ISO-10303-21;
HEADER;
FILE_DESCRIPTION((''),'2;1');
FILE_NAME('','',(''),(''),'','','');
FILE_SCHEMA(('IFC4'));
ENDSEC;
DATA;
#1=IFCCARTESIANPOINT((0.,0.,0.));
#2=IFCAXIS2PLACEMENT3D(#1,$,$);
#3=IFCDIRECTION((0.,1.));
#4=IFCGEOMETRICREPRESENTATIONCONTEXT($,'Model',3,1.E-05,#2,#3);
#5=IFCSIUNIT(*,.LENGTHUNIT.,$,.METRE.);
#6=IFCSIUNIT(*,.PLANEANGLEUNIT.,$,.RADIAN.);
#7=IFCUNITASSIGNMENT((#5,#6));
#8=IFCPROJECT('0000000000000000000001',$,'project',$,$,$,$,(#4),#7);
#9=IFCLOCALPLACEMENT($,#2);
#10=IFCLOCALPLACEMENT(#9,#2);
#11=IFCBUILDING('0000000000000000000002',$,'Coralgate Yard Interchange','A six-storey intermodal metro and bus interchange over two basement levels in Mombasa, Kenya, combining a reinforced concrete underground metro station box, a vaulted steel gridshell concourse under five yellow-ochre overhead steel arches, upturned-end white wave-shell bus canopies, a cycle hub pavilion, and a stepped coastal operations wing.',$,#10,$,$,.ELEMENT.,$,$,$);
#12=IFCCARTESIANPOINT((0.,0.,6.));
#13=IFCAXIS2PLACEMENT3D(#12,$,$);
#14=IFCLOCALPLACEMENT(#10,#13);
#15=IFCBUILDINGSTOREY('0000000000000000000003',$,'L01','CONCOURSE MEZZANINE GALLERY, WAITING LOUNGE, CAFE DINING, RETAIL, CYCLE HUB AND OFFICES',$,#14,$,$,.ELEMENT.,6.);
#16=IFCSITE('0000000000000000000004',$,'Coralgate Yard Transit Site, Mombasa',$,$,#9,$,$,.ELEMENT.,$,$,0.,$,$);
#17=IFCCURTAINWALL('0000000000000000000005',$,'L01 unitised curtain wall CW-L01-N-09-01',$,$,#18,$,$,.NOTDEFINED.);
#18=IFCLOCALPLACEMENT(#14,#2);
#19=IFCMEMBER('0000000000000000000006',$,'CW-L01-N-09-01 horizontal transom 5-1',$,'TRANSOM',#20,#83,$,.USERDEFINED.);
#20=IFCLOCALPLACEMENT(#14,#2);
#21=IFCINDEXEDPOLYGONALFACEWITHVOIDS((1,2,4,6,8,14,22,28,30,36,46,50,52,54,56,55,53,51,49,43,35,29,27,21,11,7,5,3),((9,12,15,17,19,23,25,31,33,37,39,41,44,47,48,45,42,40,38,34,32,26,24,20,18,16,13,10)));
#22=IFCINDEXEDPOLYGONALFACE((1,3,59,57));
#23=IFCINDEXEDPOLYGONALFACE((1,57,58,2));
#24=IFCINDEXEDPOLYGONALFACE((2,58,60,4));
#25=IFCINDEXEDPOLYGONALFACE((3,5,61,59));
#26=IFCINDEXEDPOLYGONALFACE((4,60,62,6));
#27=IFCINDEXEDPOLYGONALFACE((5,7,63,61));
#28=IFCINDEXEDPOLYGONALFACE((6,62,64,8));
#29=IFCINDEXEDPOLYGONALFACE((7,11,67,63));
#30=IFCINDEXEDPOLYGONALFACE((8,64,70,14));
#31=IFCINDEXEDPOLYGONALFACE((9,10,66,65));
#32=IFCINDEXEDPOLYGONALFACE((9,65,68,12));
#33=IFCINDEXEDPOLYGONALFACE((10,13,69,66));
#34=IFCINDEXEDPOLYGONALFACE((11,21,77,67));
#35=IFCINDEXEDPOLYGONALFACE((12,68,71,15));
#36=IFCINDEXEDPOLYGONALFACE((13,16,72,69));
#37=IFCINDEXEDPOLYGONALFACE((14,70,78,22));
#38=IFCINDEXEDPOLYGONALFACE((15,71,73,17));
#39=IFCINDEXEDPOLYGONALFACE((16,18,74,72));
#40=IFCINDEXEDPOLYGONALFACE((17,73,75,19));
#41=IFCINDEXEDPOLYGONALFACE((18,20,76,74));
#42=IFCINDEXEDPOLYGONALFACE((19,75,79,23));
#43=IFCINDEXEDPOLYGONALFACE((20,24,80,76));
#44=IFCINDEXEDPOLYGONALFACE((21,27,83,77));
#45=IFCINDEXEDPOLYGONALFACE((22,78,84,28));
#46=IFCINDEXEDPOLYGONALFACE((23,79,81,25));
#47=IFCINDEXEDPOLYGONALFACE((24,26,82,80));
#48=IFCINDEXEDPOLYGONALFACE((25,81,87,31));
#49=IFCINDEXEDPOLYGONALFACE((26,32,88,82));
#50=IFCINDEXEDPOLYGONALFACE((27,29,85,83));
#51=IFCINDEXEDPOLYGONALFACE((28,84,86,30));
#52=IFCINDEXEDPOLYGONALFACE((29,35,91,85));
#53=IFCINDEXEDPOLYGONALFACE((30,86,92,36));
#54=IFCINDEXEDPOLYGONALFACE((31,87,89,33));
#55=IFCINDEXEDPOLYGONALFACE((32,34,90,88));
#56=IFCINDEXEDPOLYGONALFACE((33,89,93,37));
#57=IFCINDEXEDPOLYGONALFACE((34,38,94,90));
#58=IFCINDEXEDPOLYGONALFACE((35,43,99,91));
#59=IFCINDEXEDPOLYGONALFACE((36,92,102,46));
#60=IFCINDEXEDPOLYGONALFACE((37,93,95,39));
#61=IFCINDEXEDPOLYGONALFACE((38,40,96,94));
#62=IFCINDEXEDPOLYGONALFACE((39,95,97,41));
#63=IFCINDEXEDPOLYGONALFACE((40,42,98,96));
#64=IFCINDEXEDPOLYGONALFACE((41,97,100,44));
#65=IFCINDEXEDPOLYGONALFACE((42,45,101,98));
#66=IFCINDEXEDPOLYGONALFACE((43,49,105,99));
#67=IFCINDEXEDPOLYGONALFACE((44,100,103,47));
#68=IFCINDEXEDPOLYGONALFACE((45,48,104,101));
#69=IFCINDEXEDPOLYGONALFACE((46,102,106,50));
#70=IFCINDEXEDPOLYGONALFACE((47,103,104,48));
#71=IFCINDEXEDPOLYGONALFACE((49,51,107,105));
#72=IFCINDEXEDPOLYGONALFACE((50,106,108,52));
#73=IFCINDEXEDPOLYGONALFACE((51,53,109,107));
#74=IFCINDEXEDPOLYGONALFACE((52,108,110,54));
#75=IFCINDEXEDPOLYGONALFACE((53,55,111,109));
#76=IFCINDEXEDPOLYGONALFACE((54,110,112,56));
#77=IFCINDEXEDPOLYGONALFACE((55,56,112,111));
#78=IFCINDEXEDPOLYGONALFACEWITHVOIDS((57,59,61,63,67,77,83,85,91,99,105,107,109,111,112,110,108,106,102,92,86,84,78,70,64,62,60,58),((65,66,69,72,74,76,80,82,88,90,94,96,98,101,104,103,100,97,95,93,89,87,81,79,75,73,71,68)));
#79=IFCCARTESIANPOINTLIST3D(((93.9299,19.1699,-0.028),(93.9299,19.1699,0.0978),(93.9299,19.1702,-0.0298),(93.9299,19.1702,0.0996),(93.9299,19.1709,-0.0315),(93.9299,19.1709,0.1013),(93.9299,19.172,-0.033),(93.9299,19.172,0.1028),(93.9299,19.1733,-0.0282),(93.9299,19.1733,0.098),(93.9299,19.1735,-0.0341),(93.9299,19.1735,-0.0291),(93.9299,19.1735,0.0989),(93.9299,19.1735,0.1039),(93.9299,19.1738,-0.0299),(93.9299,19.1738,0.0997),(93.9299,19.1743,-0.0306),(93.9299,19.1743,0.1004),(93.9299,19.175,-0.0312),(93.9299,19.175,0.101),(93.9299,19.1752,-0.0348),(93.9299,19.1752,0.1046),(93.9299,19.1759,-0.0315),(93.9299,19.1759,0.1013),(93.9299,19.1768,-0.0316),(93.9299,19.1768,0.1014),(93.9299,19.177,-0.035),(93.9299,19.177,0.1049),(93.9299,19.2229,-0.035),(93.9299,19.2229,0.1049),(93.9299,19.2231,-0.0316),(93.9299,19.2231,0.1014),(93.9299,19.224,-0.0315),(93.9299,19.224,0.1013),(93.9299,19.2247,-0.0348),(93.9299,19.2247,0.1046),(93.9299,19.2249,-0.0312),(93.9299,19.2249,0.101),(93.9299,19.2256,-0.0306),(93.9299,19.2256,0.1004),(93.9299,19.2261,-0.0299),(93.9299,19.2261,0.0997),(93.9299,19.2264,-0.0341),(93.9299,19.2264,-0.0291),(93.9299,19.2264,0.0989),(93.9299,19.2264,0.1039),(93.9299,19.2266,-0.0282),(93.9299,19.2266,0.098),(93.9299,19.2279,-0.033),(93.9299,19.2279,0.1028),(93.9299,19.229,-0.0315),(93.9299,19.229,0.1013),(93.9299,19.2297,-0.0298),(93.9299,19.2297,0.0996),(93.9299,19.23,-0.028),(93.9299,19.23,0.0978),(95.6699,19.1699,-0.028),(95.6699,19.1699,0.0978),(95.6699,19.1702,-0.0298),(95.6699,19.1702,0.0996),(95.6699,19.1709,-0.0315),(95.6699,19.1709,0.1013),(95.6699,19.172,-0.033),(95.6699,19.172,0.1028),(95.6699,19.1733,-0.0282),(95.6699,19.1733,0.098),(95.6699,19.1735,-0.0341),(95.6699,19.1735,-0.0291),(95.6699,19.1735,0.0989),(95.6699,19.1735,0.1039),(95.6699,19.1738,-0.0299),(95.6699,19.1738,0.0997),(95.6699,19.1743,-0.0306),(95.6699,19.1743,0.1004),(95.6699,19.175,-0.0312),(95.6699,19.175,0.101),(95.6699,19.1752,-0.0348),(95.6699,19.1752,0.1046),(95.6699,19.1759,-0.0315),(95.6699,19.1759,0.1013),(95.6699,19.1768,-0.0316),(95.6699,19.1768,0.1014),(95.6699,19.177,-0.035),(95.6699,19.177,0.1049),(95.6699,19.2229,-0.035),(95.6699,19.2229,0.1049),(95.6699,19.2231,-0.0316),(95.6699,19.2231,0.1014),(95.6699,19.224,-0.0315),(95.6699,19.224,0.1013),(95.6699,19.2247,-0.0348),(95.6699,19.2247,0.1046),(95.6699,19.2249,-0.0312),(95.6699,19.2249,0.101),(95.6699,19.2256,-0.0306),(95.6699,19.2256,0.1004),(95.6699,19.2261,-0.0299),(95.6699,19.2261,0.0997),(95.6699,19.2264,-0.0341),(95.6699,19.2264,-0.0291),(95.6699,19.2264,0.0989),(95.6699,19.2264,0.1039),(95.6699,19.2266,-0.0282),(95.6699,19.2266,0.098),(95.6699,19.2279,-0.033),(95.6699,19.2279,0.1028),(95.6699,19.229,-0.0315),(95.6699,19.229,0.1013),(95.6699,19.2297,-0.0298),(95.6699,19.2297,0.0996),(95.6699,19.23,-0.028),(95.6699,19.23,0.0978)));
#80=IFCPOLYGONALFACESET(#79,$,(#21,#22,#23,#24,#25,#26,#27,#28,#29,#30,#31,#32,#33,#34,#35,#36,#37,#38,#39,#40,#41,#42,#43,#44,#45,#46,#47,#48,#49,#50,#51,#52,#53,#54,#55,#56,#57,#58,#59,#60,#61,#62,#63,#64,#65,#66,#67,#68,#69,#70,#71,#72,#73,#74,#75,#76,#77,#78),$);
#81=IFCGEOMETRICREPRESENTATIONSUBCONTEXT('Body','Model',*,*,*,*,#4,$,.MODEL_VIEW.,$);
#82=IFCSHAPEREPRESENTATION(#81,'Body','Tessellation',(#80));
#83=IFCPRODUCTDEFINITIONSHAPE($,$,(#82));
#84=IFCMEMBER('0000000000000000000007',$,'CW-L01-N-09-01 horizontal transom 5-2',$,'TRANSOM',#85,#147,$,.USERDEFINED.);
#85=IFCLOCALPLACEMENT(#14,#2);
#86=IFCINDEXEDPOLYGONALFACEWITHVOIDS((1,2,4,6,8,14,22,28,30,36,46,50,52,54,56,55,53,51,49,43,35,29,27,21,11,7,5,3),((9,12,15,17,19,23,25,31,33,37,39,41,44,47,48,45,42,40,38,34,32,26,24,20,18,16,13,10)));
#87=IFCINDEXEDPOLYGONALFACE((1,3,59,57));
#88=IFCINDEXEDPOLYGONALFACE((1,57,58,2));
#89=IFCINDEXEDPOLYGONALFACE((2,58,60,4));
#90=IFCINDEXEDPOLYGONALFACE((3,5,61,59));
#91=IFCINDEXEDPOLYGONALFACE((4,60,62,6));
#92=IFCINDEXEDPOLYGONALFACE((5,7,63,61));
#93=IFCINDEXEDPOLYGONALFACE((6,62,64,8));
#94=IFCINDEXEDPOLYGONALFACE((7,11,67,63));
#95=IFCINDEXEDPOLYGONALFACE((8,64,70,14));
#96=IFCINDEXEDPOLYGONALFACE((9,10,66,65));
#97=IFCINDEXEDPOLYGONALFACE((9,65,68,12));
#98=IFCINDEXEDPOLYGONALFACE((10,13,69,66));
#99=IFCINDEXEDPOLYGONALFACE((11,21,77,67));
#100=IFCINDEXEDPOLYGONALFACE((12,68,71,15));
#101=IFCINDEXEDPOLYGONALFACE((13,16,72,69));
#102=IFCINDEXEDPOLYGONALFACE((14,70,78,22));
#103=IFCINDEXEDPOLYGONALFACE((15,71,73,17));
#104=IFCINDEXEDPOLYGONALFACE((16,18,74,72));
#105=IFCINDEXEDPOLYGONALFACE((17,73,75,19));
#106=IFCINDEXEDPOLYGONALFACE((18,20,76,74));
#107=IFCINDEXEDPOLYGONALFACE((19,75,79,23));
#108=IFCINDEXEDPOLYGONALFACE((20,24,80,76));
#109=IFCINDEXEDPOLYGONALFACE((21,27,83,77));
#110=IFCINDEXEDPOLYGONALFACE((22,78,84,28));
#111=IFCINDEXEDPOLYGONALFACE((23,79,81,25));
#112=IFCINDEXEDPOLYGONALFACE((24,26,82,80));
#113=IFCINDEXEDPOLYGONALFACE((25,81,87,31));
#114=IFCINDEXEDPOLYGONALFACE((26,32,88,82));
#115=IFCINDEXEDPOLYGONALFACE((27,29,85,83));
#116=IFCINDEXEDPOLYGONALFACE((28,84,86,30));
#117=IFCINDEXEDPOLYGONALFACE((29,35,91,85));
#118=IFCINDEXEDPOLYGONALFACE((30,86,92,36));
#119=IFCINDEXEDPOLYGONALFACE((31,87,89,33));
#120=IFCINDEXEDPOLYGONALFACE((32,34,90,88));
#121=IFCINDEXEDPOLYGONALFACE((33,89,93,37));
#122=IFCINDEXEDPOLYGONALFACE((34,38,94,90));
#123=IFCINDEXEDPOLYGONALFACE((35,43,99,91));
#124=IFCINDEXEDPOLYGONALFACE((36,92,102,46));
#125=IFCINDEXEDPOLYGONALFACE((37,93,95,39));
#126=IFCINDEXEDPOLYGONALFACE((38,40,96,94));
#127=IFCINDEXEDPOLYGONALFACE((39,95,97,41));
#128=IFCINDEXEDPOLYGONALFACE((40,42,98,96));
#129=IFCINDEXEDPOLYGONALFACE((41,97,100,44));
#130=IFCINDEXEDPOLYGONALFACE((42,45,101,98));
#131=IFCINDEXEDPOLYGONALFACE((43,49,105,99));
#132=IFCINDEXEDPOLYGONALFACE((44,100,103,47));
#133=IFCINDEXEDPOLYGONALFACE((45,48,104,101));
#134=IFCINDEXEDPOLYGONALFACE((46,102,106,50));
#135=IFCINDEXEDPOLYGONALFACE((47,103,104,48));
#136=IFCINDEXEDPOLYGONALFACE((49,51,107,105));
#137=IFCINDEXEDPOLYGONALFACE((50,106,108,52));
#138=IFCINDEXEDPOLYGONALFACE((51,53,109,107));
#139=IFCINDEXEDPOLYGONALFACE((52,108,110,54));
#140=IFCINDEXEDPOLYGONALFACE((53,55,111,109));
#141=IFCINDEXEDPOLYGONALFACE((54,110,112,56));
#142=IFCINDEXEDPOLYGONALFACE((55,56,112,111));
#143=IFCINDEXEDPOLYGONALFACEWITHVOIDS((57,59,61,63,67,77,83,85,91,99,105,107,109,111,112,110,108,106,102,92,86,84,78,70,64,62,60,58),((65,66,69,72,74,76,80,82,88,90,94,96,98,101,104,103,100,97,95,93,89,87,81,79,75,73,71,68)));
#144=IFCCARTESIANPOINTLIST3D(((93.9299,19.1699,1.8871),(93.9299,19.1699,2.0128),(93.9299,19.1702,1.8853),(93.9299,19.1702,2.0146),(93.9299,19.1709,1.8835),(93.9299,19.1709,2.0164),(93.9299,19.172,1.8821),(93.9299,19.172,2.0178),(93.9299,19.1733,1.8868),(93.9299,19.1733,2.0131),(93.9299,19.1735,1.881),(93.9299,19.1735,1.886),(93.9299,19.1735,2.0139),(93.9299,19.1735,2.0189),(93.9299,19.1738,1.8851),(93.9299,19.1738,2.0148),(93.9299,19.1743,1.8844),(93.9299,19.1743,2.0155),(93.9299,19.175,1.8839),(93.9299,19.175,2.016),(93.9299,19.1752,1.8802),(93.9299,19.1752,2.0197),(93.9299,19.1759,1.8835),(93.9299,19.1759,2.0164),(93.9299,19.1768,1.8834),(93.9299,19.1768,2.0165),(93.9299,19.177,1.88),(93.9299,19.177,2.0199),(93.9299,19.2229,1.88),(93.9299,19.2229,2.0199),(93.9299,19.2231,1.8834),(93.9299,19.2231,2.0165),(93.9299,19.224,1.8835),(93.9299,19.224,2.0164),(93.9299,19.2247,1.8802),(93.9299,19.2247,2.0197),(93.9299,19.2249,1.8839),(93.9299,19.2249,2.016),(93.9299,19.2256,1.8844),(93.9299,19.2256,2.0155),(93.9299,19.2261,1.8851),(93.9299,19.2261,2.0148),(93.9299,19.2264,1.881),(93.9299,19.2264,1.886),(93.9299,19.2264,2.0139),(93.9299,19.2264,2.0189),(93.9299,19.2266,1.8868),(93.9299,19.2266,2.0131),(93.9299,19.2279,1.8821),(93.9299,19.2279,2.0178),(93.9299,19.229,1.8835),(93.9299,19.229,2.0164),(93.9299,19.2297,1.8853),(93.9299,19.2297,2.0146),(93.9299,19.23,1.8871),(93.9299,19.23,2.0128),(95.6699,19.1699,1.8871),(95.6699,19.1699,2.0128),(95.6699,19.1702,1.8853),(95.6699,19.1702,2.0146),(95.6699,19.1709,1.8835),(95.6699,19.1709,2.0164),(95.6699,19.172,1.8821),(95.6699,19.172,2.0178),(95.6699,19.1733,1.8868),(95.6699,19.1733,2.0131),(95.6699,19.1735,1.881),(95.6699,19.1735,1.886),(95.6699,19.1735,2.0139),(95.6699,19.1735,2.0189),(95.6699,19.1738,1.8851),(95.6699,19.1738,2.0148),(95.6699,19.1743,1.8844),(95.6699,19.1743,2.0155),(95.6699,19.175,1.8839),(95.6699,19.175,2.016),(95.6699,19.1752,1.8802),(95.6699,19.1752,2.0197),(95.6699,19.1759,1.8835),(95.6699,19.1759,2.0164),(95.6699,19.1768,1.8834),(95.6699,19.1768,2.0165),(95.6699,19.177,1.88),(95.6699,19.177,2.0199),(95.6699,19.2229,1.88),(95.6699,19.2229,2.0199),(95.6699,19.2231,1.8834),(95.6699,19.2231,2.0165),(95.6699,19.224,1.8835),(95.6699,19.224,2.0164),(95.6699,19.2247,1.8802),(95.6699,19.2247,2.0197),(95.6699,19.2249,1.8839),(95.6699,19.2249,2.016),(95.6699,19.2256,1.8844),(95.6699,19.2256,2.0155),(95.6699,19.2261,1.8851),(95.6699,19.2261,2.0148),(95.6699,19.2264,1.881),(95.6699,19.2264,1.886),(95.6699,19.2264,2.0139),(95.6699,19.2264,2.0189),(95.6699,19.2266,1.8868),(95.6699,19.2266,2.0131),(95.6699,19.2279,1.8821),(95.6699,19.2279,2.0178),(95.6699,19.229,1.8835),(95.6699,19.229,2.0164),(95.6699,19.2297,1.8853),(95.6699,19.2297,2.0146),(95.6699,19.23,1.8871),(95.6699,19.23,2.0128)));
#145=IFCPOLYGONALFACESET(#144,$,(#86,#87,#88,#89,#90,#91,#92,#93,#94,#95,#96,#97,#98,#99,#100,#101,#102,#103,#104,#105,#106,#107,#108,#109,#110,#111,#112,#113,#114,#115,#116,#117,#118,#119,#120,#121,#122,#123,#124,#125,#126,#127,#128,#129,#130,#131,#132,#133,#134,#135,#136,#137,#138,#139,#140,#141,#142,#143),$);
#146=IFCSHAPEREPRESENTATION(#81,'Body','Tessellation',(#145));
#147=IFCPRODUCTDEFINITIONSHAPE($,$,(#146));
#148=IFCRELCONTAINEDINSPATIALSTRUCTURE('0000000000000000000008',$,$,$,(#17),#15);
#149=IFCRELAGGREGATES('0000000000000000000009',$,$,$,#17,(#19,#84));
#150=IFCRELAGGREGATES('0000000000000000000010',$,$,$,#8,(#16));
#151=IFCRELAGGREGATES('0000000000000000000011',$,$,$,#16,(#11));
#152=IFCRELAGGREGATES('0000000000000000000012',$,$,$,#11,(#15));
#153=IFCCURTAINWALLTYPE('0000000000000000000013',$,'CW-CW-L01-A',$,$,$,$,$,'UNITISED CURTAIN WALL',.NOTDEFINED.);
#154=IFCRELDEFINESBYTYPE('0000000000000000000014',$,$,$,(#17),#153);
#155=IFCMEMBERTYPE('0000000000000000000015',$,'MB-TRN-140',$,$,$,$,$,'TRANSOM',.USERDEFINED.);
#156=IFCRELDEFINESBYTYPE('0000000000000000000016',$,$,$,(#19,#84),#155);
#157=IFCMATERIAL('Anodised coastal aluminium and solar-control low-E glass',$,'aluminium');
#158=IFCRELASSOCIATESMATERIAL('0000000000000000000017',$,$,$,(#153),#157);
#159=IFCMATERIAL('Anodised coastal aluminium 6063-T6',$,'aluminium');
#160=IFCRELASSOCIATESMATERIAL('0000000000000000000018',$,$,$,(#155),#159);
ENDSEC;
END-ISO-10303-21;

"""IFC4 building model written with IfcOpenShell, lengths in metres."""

from ifc_helpers import new_model, si_unit, direction, frame, origin, origin_2d, place, context, subcontext, project, spatial, hollow_rectangle, extrude, material, material_profile, profile_set, type_object, element, aggregate, save


model = new_model("IFC4")

# Units and contexts
model_context = context("Model", 3, precision=1e-05, world=origin(), true_north=direction((0.0, 1.0)))
body_context = subcontext(model_context, "Body", "Model", "MODEL_VIEW")
ifc_project = project(units=[si_unit("LENGTHUNIT", "METRE"), si_unit("PLANEANGLEUNIT", "RADIAN")], contexts=[model_context])

# Site, building, storey
site_placement = place(None, origin())
site = spatial("IfcSite", under=ifc_project, at=site_placement, Name="Coralgate Yard Transit Site, Mombasa", CompositionType="ELEMENT", RefElevation=0.0)
building_placement = place(site_placement, origin())
building = spatial("IfcBuilding", under=site, at=building_placement, Name="Coralgate Yard Interchange", Description="A six-storey intermodal metro and bus interchange over two basement levels in Mombasa, Kenya, combining a reinforced concrete underground metro station box, a vaulted steel gridshell concourse under five yellow-ochre overhead steel arches, upturned-end white wave-shell bus canopies, a cycle hub pavilion, and a stepped coastal operations wing.", CompositionType="ELEMENT")
storey_placement = place(building_placement, frame((0.0, 0.0, 6.0)))
storey = spatial("IfcBuildingStorey", under=building, at=storey_placement, Name="L01", Description="CONCOURSE MEZZANINE GALLERY, WAITING LOUNGE, CAFE DINING, RETAIL, CYCLE HUB AND OFFICES", CompositionType="ELEMENT", Elevation=6.0)

# Curtain wall, members
ifc_material_1 = material(Name="Anodised coastal aluminium and solar-control low-E glass", Category="aluminium")
curtain_wall_type = type_object("IfcCurtainWallType", Name="CW-CW-L01-A", ElementType="UNITISED CURTAIN WALL", PredefinedType="NOTDEFINED", material=ifc_material_1)
curtain_wall_placement = place(storey_placement, origin())
curtain_wall = element("IfcCurtainWall", 1, at=curtain_wall_placement, inside=storey, type_object=curtain_wall_type, Name="L01 unitised curtain wall CW-L01-N-09-01", PredefinedType="NOTDEFINED")
ifc_material_2 = material(Name="Anodised coastal aluminium 6063-T6", Category="aluminium")
ifc_material_profile_1 = material_profile(ifc_material_2, hollow_rectangle(XDim=0.0601, YDim=0.1399, WallThickness=0.0034, InnerFilletRadius=0.0034, OuterFilletRadius=0.0071, at=origin_2d()), Name="ALU 60x140x3.5")
ifc_profile_set_1 = profile_set([ifc_material_profile_1], Name="Anodised coastal aluminium 6063-T6")
member_type_1 = type_object("IfcMemberType", Name="MB-TRN-140", ElementType="TRANSOM", PredefinedType="USERDEFINED", material=ifc_profile_set_1)
member_1_placement = place(storey_placement, frame((93.9299, 19.2, 0.0349), z_axis=(1.0, 0.0, 0.0), x_axis=(0.0, 1.0, 0.0)))
member_1 = element("IfcMember", 2, at=member_1_placement, type_object=member_type_1, Name="CW-L01-N-09-01 horizontal transom 5-1", ObjectType="TRANSOM", PredefinedType="USERDEFINED", context=body_context, shape_type="SweptSolid", body=[
    extrude(hollow_rectangle(XDim=0.0601, YDim=0.1399, WallThickness=0.0034, InnerFilletRadius=0.0034, OuterFilletRadius=0.0071, at=origin_2d()), origin(), (0.0, 0.0, 1.0), 1.74),
])
member_2_placement = place(storey_placement, frame((93.9299, 19.2, 1.95), z_axis=(1.0, 0.0, 0.0), x_axis=(0.0, 1.0, 0.0)))
member_2 = element("IfcMember", 3, at=member_2_placement, type_object=member_type_1, Name="CW-L01-N-09-01 horizontal transom 5-2", ObjectType="TRANSOM", PredefinedType="USERDEFINED", context=body_context, shape_type="SweptSolid", body=[
    extrude(hollow_rectangle(XDim=0.0601, YDim=0.1399, WallThickness=0.0034, InnerFilletRadius=0.0034, OuterFilletRadius=0.0071, at=origin_2d()), origin(), (0.0, 0.0, 1.0), 1.74),
])
aggregate(curtain_wall, [member_1, member_2])

save(model, "model.ifc")
